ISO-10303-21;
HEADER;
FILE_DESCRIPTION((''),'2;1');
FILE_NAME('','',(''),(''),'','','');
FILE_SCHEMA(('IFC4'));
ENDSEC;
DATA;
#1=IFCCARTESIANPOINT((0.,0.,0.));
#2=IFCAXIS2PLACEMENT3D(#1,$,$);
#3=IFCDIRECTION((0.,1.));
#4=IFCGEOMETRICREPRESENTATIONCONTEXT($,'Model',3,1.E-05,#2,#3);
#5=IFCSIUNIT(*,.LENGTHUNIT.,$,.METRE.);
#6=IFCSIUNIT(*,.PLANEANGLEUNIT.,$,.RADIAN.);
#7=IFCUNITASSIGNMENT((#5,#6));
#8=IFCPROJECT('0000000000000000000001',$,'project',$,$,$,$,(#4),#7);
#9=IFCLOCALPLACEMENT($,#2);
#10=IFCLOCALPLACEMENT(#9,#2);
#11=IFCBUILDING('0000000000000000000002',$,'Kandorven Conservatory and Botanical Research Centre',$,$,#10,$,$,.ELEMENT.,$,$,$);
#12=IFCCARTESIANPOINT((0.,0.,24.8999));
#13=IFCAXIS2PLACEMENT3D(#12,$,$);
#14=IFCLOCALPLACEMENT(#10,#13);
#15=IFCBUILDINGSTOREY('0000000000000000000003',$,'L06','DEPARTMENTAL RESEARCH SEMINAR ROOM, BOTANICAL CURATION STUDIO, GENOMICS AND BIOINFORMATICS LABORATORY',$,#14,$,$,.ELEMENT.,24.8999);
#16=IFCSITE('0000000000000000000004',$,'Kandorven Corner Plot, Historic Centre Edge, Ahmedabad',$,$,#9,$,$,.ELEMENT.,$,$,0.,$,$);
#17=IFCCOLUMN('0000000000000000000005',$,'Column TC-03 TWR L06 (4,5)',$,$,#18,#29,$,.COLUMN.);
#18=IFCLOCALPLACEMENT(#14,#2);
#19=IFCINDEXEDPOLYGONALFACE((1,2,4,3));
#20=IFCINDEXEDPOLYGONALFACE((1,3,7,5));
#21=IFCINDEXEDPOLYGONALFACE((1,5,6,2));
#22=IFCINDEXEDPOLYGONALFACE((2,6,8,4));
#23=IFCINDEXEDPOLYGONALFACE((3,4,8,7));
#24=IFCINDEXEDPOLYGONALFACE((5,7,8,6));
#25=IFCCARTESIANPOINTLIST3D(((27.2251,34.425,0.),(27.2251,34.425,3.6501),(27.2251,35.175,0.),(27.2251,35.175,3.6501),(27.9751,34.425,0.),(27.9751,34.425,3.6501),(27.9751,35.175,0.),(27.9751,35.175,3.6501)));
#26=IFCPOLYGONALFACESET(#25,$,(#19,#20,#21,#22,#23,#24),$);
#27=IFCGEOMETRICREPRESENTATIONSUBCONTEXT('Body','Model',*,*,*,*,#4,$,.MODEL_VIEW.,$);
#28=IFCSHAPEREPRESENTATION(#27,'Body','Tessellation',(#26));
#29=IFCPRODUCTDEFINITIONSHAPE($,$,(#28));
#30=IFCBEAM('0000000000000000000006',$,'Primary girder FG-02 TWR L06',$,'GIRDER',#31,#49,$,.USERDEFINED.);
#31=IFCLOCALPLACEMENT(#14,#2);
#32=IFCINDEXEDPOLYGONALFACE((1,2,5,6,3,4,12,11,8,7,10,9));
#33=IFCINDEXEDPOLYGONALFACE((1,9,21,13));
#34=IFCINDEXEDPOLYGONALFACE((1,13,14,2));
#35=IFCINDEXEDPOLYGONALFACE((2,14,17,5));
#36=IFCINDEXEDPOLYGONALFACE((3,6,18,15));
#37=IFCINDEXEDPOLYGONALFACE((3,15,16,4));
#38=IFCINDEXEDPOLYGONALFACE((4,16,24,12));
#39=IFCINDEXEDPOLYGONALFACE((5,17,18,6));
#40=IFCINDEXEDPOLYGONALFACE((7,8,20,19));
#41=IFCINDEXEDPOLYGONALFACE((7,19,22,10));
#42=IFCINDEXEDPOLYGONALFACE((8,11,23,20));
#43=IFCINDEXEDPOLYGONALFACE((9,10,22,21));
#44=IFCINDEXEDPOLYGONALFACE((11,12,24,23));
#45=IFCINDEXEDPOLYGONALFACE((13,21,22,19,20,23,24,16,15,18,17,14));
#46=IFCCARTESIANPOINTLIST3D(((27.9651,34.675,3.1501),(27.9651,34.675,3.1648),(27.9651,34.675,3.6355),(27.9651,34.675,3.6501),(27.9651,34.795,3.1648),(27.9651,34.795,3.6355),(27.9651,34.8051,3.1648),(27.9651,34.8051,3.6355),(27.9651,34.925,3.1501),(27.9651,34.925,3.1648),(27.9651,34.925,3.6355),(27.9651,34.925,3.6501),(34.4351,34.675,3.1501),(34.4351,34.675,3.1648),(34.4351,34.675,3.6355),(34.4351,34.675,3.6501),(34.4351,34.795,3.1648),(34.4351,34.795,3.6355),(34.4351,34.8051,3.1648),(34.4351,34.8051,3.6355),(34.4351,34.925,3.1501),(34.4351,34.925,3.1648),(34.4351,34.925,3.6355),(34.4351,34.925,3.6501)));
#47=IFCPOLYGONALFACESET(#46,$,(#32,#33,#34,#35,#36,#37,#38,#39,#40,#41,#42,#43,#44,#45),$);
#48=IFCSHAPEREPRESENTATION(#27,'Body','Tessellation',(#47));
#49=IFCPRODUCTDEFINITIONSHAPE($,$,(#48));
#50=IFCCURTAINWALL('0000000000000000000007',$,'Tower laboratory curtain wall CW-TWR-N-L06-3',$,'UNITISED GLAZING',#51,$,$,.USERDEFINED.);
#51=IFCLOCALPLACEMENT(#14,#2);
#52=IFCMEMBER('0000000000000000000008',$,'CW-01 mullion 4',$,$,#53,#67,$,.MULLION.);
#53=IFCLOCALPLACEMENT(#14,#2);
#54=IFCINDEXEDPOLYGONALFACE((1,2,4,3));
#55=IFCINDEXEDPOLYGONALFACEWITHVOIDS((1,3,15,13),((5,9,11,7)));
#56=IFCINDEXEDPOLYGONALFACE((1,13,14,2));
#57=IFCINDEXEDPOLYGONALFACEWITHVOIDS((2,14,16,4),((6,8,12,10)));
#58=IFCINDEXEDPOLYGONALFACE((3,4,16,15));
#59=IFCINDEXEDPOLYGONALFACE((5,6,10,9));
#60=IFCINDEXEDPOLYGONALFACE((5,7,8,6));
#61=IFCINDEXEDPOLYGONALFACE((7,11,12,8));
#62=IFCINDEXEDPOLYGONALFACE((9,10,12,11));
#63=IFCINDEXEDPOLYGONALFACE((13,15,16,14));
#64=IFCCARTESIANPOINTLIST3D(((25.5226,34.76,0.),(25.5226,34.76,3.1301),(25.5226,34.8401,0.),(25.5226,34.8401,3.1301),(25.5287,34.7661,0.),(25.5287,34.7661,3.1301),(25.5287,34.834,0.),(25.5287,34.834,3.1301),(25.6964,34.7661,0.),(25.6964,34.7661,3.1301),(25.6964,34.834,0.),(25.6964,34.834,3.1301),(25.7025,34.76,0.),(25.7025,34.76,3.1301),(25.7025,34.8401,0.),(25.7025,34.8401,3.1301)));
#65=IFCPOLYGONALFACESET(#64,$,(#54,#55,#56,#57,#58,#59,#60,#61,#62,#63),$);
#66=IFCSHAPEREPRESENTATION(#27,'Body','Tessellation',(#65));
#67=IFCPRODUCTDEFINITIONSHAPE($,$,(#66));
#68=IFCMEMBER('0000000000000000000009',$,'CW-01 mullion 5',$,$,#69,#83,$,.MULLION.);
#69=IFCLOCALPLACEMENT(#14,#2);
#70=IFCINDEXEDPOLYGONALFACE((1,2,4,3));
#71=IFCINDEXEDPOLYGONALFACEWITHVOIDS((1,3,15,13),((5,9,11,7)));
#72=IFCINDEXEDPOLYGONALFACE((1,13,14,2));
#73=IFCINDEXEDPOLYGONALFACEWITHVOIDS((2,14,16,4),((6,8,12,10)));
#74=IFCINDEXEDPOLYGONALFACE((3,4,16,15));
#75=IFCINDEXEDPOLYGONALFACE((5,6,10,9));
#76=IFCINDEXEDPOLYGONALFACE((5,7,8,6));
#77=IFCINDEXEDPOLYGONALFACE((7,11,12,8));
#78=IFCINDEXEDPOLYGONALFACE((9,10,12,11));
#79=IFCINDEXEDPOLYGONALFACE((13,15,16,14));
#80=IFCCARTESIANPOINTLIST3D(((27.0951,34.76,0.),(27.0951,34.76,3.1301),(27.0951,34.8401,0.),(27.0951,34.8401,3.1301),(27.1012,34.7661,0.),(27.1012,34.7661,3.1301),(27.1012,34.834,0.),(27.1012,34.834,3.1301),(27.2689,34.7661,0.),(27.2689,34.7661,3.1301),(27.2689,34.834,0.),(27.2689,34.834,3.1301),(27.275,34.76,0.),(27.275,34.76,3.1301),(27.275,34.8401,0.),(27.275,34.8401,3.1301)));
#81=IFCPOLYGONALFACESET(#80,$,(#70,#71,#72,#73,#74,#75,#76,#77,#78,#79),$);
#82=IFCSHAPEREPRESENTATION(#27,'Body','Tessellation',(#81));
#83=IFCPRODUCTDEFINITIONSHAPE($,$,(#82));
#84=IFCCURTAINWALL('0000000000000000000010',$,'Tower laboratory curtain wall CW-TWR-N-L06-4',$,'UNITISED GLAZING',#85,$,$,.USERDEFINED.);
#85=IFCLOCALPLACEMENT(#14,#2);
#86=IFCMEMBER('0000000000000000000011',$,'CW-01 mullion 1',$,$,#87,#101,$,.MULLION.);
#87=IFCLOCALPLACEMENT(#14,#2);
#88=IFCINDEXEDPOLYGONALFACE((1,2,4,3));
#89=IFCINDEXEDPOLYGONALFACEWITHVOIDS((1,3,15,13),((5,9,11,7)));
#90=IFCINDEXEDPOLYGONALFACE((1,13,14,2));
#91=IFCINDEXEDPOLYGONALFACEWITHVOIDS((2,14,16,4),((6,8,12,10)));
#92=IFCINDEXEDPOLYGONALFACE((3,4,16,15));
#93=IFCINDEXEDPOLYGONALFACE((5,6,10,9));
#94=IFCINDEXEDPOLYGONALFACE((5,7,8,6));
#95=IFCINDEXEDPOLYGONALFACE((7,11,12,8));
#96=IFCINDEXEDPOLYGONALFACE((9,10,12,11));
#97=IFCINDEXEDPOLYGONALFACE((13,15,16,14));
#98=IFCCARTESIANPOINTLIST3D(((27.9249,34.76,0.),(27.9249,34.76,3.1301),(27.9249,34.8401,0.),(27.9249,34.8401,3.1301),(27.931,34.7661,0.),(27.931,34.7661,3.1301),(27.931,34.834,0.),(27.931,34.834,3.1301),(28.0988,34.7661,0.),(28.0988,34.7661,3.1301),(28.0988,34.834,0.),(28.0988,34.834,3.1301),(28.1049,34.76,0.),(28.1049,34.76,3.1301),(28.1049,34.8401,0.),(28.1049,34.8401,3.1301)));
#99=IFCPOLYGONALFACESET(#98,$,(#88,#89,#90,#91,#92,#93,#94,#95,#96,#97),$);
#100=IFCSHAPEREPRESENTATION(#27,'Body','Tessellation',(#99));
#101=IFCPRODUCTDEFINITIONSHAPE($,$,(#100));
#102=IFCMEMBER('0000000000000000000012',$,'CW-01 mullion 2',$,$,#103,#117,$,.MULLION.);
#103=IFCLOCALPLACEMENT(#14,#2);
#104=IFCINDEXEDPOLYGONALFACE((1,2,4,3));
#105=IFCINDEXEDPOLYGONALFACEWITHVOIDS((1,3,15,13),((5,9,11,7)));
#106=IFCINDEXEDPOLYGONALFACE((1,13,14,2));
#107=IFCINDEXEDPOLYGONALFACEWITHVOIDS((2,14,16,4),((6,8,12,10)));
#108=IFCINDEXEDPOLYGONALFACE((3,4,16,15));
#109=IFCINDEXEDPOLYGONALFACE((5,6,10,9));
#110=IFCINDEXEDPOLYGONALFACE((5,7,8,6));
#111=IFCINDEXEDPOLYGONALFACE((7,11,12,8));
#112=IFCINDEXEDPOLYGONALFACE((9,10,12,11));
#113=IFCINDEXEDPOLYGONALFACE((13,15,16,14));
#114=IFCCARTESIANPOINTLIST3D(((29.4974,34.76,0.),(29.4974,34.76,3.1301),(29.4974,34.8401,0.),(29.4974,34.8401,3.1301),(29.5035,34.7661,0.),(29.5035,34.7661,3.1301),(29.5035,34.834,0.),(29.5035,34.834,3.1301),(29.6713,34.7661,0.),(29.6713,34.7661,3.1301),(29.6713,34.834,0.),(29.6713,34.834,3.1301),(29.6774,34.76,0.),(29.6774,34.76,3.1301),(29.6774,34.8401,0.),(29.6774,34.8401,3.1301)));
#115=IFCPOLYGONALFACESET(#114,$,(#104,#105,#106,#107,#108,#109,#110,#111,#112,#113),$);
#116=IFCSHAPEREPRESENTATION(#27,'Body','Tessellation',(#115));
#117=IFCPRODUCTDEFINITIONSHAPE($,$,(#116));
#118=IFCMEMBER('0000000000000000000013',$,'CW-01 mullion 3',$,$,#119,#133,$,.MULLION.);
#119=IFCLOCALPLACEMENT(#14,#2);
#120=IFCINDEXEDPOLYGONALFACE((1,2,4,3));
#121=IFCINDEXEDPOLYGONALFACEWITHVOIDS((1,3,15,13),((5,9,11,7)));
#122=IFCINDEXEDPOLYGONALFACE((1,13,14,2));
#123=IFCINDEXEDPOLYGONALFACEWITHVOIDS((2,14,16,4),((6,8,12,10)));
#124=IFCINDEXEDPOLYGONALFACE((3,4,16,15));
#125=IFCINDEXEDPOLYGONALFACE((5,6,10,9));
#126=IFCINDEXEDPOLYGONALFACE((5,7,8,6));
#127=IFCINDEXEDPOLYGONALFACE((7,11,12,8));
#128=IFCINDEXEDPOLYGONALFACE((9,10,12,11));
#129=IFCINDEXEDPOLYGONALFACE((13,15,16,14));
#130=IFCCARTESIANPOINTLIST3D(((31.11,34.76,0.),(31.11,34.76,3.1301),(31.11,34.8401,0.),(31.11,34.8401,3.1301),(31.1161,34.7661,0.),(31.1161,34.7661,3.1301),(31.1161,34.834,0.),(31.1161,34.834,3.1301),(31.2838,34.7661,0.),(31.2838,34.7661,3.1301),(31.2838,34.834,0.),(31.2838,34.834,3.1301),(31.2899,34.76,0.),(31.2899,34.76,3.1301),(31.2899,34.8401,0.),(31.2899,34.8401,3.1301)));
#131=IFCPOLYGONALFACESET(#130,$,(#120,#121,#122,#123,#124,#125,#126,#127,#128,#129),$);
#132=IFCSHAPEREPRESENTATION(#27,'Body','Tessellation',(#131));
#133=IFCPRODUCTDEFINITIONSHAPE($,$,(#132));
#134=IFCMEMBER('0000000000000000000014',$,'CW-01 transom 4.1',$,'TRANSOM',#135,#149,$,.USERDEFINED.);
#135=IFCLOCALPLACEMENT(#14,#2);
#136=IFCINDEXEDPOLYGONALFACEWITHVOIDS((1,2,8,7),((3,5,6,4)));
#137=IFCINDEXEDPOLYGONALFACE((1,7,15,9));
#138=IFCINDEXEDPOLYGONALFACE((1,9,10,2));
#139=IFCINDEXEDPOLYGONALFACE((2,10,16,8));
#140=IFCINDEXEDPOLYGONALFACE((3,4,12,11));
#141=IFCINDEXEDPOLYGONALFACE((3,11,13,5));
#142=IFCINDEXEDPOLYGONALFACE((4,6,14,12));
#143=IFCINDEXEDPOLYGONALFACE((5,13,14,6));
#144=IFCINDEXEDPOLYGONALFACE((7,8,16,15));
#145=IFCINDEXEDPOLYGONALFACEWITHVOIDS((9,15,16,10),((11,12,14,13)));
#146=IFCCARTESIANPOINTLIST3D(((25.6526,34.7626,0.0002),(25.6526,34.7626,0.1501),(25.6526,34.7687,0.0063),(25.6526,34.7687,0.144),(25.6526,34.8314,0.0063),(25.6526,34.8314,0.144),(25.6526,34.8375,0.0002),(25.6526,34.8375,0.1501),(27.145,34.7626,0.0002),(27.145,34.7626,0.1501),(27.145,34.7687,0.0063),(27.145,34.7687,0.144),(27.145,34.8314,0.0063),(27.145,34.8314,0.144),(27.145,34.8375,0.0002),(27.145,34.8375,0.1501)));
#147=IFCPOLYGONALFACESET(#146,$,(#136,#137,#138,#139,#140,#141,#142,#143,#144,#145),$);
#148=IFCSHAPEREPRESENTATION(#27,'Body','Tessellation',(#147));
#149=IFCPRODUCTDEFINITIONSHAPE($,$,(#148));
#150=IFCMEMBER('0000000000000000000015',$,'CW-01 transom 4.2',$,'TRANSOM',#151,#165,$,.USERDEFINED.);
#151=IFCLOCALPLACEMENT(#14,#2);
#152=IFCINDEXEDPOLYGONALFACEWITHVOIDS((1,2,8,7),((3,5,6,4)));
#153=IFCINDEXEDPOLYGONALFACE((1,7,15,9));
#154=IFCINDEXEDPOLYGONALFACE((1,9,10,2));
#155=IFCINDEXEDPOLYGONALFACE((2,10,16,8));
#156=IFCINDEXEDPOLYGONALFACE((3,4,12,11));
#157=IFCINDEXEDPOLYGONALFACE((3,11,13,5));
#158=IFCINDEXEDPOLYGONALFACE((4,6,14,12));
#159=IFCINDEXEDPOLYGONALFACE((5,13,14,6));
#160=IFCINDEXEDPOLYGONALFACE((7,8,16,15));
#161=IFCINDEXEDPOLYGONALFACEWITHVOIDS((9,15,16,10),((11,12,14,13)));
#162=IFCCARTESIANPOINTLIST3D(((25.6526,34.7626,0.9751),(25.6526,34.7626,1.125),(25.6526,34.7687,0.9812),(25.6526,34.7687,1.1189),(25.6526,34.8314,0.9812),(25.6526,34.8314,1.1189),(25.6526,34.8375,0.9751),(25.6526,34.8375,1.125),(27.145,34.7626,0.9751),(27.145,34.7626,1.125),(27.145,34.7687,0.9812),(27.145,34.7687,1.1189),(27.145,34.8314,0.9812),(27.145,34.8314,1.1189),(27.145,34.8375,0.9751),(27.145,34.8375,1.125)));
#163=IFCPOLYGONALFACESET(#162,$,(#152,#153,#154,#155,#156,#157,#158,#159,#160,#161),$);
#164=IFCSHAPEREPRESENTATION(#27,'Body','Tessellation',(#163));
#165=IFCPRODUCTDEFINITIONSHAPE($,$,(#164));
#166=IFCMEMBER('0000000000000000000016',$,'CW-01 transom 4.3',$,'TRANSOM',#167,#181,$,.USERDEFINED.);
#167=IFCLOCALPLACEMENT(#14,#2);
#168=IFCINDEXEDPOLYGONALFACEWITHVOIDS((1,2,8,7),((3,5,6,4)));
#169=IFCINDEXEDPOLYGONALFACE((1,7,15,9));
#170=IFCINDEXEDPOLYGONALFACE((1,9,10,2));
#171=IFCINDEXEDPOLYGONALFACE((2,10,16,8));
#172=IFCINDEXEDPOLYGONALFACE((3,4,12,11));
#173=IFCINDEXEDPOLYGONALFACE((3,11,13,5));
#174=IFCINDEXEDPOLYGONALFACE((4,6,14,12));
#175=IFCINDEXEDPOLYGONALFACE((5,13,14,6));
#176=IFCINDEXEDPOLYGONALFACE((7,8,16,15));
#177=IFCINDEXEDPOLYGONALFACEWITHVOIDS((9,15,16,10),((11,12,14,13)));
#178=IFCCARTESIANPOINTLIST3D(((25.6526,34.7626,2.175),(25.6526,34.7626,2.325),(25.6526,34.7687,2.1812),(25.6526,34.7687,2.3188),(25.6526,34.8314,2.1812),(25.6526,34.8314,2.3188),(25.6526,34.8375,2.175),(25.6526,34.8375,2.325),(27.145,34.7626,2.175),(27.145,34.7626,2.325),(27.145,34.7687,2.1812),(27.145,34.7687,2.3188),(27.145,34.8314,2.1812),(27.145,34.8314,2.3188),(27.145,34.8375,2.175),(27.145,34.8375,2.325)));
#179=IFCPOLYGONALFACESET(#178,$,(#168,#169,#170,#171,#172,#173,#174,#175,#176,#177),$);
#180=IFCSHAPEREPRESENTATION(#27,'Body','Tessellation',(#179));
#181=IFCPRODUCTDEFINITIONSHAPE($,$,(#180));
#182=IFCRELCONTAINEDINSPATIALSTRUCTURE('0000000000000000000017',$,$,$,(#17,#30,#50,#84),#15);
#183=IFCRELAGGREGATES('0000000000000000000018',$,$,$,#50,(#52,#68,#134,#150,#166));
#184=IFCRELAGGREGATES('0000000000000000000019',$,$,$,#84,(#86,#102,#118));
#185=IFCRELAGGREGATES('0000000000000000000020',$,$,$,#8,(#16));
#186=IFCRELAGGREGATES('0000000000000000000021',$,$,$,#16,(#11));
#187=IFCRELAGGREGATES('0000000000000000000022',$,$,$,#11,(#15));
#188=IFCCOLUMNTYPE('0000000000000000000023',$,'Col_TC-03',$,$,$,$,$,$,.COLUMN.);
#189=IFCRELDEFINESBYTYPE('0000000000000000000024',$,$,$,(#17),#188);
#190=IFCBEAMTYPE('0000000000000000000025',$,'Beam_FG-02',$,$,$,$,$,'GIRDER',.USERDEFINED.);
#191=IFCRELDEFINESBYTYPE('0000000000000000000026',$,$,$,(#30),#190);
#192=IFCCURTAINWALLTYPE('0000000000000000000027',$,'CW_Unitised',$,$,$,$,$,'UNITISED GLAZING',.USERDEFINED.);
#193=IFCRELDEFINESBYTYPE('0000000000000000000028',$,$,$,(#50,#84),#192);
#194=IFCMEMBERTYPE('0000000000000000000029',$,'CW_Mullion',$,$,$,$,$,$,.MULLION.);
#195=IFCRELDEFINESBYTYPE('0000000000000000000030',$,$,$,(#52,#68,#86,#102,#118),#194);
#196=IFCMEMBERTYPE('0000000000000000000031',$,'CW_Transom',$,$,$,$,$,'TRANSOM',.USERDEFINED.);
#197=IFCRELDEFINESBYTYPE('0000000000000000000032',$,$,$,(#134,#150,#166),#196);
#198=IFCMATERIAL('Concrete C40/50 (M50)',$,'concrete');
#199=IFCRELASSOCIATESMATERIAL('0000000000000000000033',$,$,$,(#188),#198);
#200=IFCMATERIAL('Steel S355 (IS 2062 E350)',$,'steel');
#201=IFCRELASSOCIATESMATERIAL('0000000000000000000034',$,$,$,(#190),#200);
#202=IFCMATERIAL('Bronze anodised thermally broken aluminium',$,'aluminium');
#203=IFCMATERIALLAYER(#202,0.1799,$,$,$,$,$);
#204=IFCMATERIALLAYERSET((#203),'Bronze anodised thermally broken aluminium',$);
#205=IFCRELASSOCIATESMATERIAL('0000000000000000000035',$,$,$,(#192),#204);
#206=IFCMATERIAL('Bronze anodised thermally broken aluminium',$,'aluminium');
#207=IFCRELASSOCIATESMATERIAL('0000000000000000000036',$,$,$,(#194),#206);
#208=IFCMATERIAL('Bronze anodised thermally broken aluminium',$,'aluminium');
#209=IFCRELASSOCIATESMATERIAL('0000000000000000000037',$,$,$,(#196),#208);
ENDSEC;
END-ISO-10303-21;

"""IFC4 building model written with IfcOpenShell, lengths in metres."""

from ifc_helpers import new_model, si_unit, direction, frame, origin, origin_2d, place, context, subcontext, project, spatial, rectangle, hollow_rectangle, i_section, extrude, material, layer, layer_set, material_profile, profile_set, type_object, element, aggregate, save


model = new_model("IFC4")

# Units and contexts
model_context = context("Model", 3, precision=1e-05, world=origin(), true_north=direction((0.0, 1.0)))
body_context = subcontext(model_context, "Body", "Model", "MODEL_VIEW")
ifc_project = project(units=[si_unit("LENGTHUNIT", "METRE"), si_unit("PLANEANGLEUNIT", "RADIAN")], contexts=[model_context])

# Site, building, storey
site_placement = place(None, origin())
site = spatial("IfcSite", under=ifc_project, at=site_placement, Name="Kandorven Corner Plot, Historic Centre Edge, Ahmedabad", CompositionType="ELEMENT", RefElevation=0.0)
building_placement = place(site_placement, origin())
building = spatial("IfcBuilding", under=site, at=building_placement, Name="Kandorven Conservatory and Botanical Research Centre", CompositionType="ELEMENT")
storey_placement = place(building_placement, frame((0.0, 0.0, 24.8999)))
storey = spatial("IfcBuildingStorey", under=building, at=storey_placement, Name="L06", Description="DEPARTMENTAL RESEARCH SEMINAR ROOM, BOTANICAL CURATION STUDIO, GENOMICS AND BIOINFORMATICS LABORATORY", CompositionType="ELEMENT", Elevation=24.8999)

# Column
ifc_material_1 = material(Name="Concrete C40/50 (M50)", Category="concrete")
ifc_material_profile_1 = material_profile(ifc_material_1, rectangle(XDim=0.75, YDim=0.75, at=origin_2d()))
ifc_profile_set_1 = profile_set([ifc_material_profile_1], Name="Concrete C40/50 (M50)")
column_type = type_object("IfcColumnType", Name="Col_TC-03", PredefinedType="COLUMN", material=ifc_profile_set_1)
column_placement = place(storey_placement, frame((27.6001, 34.8, 0.0), z_axis=(0.0, 0.0, 1.0), x_axis=(1.0, 0.0, 0.0)))
element("IfcColumn", 1, at=column_placement, inside=storey, type_object=column_type, Name="Column TC-03 TWR L06 (4,5)", PredefinedType="COLUMN", context=body_context, shape_type="SweptSolid", body=[
    extrude(rectangle(XDim=0.75, YDim=0.75, at=origin_2d()), origin(), (0.0, 0.0, 1.0), 3.6501),
])

# Beam
ifc_material_2 = material(Name="Steel S355 (IS 2062 E350)", Category="steel")
ifc_material_profile_2 = material_profile(ifc_material_2, i_section(OverallWidth=0.25, OverallDepth=0.5, WebThickness=0.01, FlangeThickness=0.0146, at=origin_2d()))
ifc_profile_set_2 = profile_set([ifc_material_profile_2], Name="Steel S355 (IS 2062 E350)")
beam_type = type_object("IfcBeamType", Name="Beam_FG-02", ElementType="GIRDER", PredefinedType="USERDEFINED", material=ifc_profile_set_2)
beam_placement = place(storey_placement, frame((27.9651, 34.8, 3.4001), z_axis=(1.0, 0.0, 0.0), x_axis=(0.0, 1.0, 0.0)))
element("IfcBeam", 2, at=beam_placement, inside=storey, type_object=beam_type, Name="Primary girder FG-02 TWR L06", ObjectType="GIRDER", PredefinedType="USERDEFINED", context=body_context, shape_type="SweptSolid", body=[
    extrude(i_section(OverallWidth=0.25, OverallDepth=0.5, WebThickness=0.01, FlangeThickness=0.0146, at=origin_2d()), origin(), (0.0, 0.0, 1.0), 6.47),
])

# Curtain walls, members
ifc_material_3 = material(Name="Bronze anodised thermally broken aluminium", Category="aluminium")
ifc_layer_1 = layer(ifc_material_3, 0.1799)
ifc_layer_set_1 = layer_set([ifc_layer_1], Name="Bronze anodised thermally broken aluminium")
curtain_wall_type = type_object("IfcCurtainWallType", Name="CW_Unitised", ElementType="UNITISED GLAZING", PredefinedType="USERDEFINED", material=ifc_layer_set_1)
curtain_wall_1_placement = place(storey_placement, origin())
curtain_wall_1 = element("IfcCurtainWall", 3, at=curtain_wall_1_placement, inside=storey, type_object=curtain_wall_type, Name="Tower laboratory curtain wall CW-TWR-N-L06-3", ObjectType="UNITISED GLAZING", PredefinedType="USERDEFINED")
ifc_material_4 = material(Name="Bronze anodised thermally broken aluminium", Category="aluminium")
ifc_material_profile_3 = material_profile(ifc_material_4, hollow_rectangle(XDim=0.0801, YDim=0.1799, WallThickness=0.0061, at=origin_2d()))
ifc_profile_set_3 = profile_set([ifc_material_profile_3], Name="Bronze anodised thermally broken aluminium")
member_type_1 = type_object("IfcMemberType", Name="CW_Mullion", PredefinedType="MULLION", material=ifc_profile_set_3)
member_1_placement = place(storey_placement, frame((25.6125, 34.8, 0.0), z_axis=(0.0, 0.0, 1.0), x_axis=(0.0, 1.0, 0.0)))
member_1 = element("IfcMember", 4, at=member_1_placement, type_object=member_type_1, Name="CW-01 mullion 4", PredefinedType="MULLION", context=body_context, shape_type="SweptSolid", body=[
    extrude(hollow_rectangle(XDim=0.0801, YDim=0.1799, WallThickness=0.0061, at=origin_2d()), origin(), (0.0, 0.0, 1.0), 3.1301),
])
member_2_placement = place(storey_placement, frame((27.1851, 34.8, 0.0), z_axis=(0.0, 0.0, 1.0), x_axis=(0.0, 1.0, 0.0)))
member_2 = element("IfcMember", 5, at=member_2_placement, type_object=member_type_1, Name="CW-01 mullion 5", PredefinedType="MULLION", context=body_context, shape_type="SweptSolid", body=[
    extrude(hollow_rectangle(XDim=0.0801, YDim=0.1799, WallThickness=0.0061, at=origin_2d()), origin(), (0.0, 0.0, 1.0), 3.1301),
])
curtain_wall_2_placement = place(storey_placement, origin())
curtain_wall_2 = element("IfcCurtainWall", 6, at=curtain_wall_2_placement, inside=storey, type_object=curtain_wall_type, Name="Tower laboratory curtain wall CW-TWR-N-L06-4", ObjectType="UNITISED GLAZING", PredefinedType="USERDEFINED")
member_3_placement = place(storey_placement, frame((28.0149, 34.8, 0.0), z_axis=(0.0, 0.0, 1.0), x_axis=(0.0, 1.0, 0.0)))
member_3 = element("IfcMember", 7, at=member_3_placement, type_object=member_type_1, Name="CW-01 mullion 1", PredefinedType="MULLION", context=body_context, shape_type="SweptSolid", body=[
    extrude(hollow_rectangle(XDim=0.0801, YDim=0.1799, WallThickness=0.0061, at=origin_2d()), origin(), (0.0, 0.0, 1.0), 3.1301),
])
member_4_placement = place(storey_placement, frame((29.5874, 34.8, 0.0), z_axis=(0.0, 0.0, 1.0), x_axis=(0.0, 1.0, 0.0)))
member_4 = element("IfcMember", 8, at=member_4_placement, type_object=member_type_1, Name="CW-01 mullion 2", PredefinedType="MULLION", context=body_context, shape_type="SweptSolid", body=[
    extrude(hollow_rectangle(XDim=0.0801, YDim=0.1799, WallThickness=0.0061, at=origin_2d()), origin(), (0.0, 0.0, 1.0), 3.1301),
])
member_5_placement = place(storey_placement, frame((31.2, 34.8, 0.0), z_axis=(0.0, 0.0, 1.0), x_axis=(0.0, 1.0, 0.0)))
member_5 = element("IfcMember", 9, at=member_5_placement, type_object=member_type_1, Name="CW-01 mullion 3", PredefinedType="MULLION", context=body_context, shape_type="SweptSolid", body=[
    extrude(hollow_rectangle(XDim=0.0801, YDim=0.1799, WallThickness=0.0061, at=origin_2d()), origin(), (0.0, 0.0, 1.0), 3.1301),
])

# Members
ifc_material_5 = material(Name="Bronze anodised thermally broken aluminium", Category="aluminium")
ifc_material_profile_4 = material_profile(ifc_material_5, hollow_rectangle(XDim=0.075, YDim=0.1499, WallThickness=0.0061, at=origin_2d()))
ifc_profile_set_4 = profile_set([ifc_material_profile_4], Name="Bronze anodised thermally broken aluminium")
member_type_2 = type_object("IfcMemberType", Name="CW_Transom", ElementType="TRANSOM", PredefinedType="USERDEFINED", material=ifc_profile_set_4)
member_6_placement = place(storey_placement, frame((25.6526, 34.8, 0.0752), z_axis=(1.0, 0.0, 0.0), x_axis=(0.0, 1.0, 0.0)))
member_6 = element("IfcMember", 10, at=member_6_placement, type_object=member_type_2, Name="CW-01 transom 4.1", ObjectType="TRANSOM", PredefinedType="USERDEFINED", context=body_context, shape_type="SweptSolid", body=[
    extrude(hollow_rectangle(XDim=0.075, YDim=0.1499, WallThickness=0.0061, at=origin_2d()), origin(), (0.0, 0.0, 1.0), 1.4924),
])
member_7_placement = place(storey_placement, frame((25.6526, 34.8, 1.05), z_axis=(1.0, 0.0, 0.0), x_axis=(0.0, 1.0, 0.0)))
member_7 = element("IfcMember", 11, at=member_7_placement, type_object=member_type_2, Name="CW-01 transom 4.2", ObjectType="TRANSOM", PredefinedType="USERDEFINED", context=body_context, shape_type="SweptSolid", body=[
    extrude(hollow_rectangle(XDim=0.075, YDim=0.1499, WallThickness=0.0061, at=origin_2d()), origin(), (0.0, 0.0, 1.0), 1.4924),
])
member_8_placement = place(storey_placement, frame((25.6526, 34.8, 2.25), z_axis=(1.0, 0.0, 0.0), x_axis=(0.0, 1.0, 0.0)))
member_8 = element("IfcMember", 12, at=member_8_placement, type_object=member_type_2, Name="CW-01 transom 4.3", ObjectType="TRANSOM", PredefinedType="USERDEFINED", context=body_context, shape_type="SweptSolid", body=[
    extrude(hollow_rectangle(XDim=0.075, YDim=0.1499, WallThickness=0.0061, at=origin_2d()), origin(), (0.0, 0.0, 1.0), 1.4924),
])

aggregate(curtain_wall_1, [member_1, member_2, member_6, member_7, member_8])
aggregate(curtain_wall_2, [member_3, member_4, member_5])

save(model, "model.ifc")
